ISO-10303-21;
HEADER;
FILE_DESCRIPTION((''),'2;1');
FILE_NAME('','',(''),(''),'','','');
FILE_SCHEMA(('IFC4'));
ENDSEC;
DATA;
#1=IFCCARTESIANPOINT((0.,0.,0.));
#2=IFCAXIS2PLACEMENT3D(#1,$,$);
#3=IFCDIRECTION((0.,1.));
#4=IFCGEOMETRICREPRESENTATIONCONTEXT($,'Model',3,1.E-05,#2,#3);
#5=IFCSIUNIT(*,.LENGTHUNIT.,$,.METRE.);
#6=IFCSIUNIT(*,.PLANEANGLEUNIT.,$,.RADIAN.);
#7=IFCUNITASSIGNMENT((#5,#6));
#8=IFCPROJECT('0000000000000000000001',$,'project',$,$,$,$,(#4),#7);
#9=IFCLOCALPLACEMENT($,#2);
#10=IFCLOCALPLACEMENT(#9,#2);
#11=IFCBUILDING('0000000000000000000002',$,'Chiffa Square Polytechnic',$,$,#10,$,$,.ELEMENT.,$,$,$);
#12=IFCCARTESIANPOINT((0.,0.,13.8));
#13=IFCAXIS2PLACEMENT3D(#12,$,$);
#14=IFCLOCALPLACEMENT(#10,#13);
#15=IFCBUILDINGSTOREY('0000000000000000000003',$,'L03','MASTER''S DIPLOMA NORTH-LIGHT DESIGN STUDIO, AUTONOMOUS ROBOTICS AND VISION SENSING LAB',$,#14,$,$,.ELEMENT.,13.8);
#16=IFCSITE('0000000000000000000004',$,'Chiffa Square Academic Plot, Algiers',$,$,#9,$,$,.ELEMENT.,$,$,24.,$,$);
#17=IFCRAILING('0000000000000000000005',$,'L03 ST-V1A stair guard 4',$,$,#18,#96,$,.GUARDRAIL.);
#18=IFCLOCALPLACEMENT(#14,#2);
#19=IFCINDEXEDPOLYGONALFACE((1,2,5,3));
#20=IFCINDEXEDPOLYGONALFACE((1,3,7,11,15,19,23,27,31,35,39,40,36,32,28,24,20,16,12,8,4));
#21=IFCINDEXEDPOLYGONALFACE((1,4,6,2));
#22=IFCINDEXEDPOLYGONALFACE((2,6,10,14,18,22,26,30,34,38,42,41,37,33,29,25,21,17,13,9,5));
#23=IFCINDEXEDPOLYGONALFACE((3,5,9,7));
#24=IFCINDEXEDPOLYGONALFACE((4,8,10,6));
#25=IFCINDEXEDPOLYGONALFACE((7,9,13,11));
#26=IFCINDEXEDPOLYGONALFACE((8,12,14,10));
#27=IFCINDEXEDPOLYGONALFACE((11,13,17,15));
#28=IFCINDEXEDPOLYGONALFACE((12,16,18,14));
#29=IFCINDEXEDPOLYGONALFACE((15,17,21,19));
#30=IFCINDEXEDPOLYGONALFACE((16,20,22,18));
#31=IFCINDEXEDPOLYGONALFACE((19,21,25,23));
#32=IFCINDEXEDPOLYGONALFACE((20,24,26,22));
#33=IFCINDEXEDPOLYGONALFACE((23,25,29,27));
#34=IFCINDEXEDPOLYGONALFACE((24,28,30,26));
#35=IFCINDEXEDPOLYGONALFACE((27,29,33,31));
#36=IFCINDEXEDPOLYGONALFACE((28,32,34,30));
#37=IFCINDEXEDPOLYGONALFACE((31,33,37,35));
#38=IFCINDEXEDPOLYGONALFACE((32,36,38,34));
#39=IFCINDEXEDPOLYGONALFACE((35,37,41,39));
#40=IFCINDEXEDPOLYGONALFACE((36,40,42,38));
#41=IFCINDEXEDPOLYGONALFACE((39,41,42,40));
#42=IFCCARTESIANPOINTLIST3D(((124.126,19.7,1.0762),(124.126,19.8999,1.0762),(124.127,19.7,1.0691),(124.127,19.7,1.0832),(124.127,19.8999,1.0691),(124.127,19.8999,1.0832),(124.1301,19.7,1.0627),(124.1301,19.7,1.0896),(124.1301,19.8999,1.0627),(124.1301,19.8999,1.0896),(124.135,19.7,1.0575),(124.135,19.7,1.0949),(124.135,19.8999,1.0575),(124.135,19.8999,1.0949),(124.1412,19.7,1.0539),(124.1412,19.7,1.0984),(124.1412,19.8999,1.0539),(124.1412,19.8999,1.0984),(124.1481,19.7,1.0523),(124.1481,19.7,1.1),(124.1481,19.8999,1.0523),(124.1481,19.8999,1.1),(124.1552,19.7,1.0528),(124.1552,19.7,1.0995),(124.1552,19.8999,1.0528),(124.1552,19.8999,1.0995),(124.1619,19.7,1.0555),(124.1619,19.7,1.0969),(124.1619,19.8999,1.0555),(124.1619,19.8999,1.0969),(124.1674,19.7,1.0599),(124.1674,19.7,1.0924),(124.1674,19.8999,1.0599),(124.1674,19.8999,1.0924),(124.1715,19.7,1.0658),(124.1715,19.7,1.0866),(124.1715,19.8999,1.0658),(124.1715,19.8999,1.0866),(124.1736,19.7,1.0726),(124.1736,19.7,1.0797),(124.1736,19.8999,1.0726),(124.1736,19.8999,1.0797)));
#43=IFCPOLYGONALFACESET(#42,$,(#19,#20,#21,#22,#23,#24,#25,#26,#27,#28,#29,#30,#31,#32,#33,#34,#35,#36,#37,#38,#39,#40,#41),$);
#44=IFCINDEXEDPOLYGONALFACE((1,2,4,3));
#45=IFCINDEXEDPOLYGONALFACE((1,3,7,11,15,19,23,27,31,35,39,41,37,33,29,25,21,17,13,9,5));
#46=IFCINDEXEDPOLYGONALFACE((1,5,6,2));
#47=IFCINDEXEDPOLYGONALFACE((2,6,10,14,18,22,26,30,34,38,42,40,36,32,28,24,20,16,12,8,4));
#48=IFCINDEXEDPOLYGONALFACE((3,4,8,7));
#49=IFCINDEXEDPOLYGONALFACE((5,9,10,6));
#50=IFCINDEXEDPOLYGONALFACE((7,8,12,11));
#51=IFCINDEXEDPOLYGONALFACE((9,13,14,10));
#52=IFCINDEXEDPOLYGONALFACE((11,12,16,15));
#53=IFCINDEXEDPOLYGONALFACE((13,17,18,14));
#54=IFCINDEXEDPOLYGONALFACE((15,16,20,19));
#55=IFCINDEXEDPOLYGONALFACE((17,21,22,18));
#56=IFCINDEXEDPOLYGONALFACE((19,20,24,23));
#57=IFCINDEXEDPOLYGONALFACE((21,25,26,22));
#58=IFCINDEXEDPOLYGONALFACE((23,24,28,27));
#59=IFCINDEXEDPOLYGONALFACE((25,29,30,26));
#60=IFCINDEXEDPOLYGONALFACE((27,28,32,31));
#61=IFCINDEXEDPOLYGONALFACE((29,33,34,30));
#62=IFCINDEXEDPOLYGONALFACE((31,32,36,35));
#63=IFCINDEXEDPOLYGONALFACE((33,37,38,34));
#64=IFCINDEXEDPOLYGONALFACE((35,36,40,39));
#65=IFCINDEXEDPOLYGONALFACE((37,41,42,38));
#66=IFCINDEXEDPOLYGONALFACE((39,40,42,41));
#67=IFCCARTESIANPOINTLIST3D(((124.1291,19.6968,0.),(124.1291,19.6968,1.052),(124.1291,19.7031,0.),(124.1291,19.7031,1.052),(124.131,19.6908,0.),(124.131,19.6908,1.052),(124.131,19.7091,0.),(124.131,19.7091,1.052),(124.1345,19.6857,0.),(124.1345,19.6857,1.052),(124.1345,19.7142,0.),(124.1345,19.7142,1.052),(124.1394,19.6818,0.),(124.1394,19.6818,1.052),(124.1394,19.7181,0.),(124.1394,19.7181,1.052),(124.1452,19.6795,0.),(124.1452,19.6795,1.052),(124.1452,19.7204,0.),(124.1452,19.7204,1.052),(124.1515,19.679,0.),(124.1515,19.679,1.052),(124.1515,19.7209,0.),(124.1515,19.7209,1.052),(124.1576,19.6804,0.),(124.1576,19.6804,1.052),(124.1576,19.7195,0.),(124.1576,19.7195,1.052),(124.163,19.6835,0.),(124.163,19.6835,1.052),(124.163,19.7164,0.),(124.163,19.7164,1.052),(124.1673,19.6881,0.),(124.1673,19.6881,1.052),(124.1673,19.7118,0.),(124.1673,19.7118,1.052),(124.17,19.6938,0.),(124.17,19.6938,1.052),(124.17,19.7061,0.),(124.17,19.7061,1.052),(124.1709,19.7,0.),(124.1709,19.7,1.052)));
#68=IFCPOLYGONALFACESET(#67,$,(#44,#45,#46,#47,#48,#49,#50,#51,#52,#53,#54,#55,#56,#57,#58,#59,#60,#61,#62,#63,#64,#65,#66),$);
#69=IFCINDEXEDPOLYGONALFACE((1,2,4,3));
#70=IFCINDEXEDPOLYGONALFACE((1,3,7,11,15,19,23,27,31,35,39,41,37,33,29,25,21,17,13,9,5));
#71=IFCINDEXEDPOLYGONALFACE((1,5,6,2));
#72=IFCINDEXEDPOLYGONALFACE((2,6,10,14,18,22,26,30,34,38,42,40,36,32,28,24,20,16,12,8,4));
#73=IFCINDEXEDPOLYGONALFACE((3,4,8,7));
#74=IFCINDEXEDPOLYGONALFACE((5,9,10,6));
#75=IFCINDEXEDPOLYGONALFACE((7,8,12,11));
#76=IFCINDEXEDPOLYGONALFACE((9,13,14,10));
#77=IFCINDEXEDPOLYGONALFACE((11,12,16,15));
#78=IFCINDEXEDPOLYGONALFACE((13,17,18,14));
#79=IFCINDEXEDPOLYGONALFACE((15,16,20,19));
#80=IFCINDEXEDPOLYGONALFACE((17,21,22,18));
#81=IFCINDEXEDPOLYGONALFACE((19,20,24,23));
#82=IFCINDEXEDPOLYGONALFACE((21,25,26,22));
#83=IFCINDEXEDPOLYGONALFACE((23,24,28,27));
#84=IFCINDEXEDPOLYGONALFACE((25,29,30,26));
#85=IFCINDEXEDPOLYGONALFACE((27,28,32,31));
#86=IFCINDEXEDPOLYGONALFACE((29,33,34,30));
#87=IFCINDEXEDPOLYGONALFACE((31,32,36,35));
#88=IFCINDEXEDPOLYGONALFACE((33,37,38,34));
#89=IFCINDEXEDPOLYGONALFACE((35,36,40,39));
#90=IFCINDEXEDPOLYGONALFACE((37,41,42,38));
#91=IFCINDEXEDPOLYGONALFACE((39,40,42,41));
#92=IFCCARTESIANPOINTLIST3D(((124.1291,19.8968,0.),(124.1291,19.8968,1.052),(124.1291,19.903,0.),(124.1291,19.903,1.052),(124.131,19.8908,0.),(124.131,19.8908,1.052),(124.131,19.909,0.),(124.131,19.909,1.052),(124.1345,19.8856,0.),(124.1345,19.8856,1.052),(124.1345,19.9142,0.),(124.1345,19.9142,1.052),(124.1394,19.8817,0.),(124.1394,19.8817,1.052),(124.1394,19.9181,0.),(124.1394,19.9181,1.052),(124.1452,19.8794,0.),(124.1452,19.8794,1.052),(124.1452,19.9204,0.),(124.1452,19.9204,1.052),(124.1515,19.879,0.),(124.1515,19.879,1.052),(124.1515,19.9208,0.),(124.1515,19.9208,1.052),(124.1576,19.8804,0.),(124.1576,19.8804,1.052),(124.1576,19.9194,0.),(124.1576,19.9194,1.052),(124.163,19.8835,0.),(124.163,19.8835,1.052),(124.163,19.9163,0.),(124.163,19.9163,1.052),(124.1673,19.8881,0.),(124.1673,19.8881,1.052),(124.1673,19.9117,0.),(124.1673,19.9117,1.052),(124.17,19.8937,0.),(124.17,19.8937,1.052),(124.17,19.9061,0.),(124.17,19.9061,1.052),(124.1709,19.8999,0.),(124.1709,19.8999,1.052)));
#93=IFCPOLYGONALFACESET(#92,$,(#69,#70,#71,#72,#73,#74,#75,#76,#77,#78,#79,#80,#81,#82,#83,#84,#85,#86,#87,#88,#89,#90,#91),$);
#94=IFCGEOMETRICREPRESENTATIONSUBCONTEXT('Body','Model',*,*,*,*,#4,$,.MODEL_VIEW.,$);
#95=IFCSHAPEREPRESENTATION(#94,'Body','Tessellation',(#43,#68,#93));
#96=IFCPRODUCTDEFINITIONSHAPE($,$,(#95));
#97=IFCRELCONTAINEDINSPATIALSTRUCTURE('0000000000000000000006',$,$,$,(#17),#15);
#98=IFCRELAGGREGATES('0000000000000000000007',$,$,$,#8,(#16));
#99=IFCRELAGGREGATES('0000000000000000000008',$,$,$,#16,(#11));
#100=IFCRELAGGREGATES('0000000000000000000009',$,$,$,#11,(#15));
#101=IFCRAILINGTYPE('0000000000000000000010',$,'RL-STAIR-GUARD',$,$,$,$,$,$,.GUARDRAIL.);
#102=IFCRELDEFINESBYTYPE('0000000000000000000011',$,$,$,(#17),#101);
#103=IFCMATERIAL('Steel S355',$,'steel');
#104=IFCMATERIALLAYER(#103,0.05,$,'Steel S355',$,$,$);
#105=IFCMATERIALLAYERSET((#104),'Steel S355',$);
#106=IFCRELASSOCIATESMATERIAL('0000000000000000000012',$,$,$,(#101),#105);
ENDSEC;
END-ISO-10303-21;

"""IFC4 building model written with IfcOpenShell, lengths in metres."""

from ifc_helpers import new_model, si_unit, direction, frame, origin, origin_2d, place, context, subcontext, project, spatial, circle, extrude, material, layer, layer_set, type_object, element, save


model = new_model("IFC4")

# Units and contexts
model_context = context("Model", 3, precision=1e-05, world=origin(), true_north=direction((0.0, 1.0)))
body_context = subcontext(model_context, "Body", "Model", "MODEL_VIEW")
ifc_project = project(units=[si_unit("LENGTHUNIT", "METRE"), si_unit("PLANEANGLEUNIT", "RADIAN")], contexts=[model_context])

# Site, building, storey
site_placement = place(None, origin())
site = spatial("IfcSite", under=ifc_project, at=site_placement, Name="Chiffa Square Academic Plot, Algiers", CompositionType="ELEMENT", RefElevation=24.0)
building_placement = place(site_placement, origin())
building = spatial("IfcBuilding", under=site, at=building_placement, Name="Chiffa Square Polytechnic", CompositionType="ELEMENT")
storey_placement = place(building_placement, frame((0.0, 0.0, 13.8)))
storey = spatial("IfcBuildingStorey", under=building, at=storey_placement, Name="L03", Description="MASTER'S DIPLOMA NORTH-LIGHT DESIGN STUDIO, AUTONOMOUS ROBOTICS AND VISION SENSING LAB", CompositionType="ELEMENT", Elevation=13.8)

# Railing
ifc_material_1 = material(Name="Steel S355", Category="steel")
ifc_layer_1 = layer(ifc_material_1, 0.05, Name="Steel S355")
ifc_layer_set_1 = layer_set([ifc_layer_1], Name="Steel S355")
railing_type = type_object("IfcRailingType", Name="RL-STAIR-GUARD", PredefinedType="GUARDRAIL", material=ifc_layer_set_1)
railing_1_placement = place(storey_placement, frame((124.1499, 19.7, 0.0)))
element("IfcRailing", 1, at=railing_1_placement, inside=storey, type_object=railing_type, Name="L03 ST-V1A stair guard 4", PredefinedType="GUARDRAIL", context=body_context, shape_type="SweptSolid", body=[
    extrude(circle(Radius=0.0239, at=origin_2d()), frame((0.0, 0.0, 1.0762), z_axis=(0.0, 1.0, 0.0), x_axis=(-1.0, 0.0, 0.0)), (0.0, 0.0, 1.0), 0.2),
    extrude(circle(Radius=0.021, at=origin_2d()), origin(), (0.0, 0.0, 1.0), 1.052),
    extrude(circle(Radius=0.021, at=origin_2d()), frame((0.0, 0.2, 0.0)), (0.0, 0.0, 1.0), 1.052),
])

save(model, "model.ifc")
